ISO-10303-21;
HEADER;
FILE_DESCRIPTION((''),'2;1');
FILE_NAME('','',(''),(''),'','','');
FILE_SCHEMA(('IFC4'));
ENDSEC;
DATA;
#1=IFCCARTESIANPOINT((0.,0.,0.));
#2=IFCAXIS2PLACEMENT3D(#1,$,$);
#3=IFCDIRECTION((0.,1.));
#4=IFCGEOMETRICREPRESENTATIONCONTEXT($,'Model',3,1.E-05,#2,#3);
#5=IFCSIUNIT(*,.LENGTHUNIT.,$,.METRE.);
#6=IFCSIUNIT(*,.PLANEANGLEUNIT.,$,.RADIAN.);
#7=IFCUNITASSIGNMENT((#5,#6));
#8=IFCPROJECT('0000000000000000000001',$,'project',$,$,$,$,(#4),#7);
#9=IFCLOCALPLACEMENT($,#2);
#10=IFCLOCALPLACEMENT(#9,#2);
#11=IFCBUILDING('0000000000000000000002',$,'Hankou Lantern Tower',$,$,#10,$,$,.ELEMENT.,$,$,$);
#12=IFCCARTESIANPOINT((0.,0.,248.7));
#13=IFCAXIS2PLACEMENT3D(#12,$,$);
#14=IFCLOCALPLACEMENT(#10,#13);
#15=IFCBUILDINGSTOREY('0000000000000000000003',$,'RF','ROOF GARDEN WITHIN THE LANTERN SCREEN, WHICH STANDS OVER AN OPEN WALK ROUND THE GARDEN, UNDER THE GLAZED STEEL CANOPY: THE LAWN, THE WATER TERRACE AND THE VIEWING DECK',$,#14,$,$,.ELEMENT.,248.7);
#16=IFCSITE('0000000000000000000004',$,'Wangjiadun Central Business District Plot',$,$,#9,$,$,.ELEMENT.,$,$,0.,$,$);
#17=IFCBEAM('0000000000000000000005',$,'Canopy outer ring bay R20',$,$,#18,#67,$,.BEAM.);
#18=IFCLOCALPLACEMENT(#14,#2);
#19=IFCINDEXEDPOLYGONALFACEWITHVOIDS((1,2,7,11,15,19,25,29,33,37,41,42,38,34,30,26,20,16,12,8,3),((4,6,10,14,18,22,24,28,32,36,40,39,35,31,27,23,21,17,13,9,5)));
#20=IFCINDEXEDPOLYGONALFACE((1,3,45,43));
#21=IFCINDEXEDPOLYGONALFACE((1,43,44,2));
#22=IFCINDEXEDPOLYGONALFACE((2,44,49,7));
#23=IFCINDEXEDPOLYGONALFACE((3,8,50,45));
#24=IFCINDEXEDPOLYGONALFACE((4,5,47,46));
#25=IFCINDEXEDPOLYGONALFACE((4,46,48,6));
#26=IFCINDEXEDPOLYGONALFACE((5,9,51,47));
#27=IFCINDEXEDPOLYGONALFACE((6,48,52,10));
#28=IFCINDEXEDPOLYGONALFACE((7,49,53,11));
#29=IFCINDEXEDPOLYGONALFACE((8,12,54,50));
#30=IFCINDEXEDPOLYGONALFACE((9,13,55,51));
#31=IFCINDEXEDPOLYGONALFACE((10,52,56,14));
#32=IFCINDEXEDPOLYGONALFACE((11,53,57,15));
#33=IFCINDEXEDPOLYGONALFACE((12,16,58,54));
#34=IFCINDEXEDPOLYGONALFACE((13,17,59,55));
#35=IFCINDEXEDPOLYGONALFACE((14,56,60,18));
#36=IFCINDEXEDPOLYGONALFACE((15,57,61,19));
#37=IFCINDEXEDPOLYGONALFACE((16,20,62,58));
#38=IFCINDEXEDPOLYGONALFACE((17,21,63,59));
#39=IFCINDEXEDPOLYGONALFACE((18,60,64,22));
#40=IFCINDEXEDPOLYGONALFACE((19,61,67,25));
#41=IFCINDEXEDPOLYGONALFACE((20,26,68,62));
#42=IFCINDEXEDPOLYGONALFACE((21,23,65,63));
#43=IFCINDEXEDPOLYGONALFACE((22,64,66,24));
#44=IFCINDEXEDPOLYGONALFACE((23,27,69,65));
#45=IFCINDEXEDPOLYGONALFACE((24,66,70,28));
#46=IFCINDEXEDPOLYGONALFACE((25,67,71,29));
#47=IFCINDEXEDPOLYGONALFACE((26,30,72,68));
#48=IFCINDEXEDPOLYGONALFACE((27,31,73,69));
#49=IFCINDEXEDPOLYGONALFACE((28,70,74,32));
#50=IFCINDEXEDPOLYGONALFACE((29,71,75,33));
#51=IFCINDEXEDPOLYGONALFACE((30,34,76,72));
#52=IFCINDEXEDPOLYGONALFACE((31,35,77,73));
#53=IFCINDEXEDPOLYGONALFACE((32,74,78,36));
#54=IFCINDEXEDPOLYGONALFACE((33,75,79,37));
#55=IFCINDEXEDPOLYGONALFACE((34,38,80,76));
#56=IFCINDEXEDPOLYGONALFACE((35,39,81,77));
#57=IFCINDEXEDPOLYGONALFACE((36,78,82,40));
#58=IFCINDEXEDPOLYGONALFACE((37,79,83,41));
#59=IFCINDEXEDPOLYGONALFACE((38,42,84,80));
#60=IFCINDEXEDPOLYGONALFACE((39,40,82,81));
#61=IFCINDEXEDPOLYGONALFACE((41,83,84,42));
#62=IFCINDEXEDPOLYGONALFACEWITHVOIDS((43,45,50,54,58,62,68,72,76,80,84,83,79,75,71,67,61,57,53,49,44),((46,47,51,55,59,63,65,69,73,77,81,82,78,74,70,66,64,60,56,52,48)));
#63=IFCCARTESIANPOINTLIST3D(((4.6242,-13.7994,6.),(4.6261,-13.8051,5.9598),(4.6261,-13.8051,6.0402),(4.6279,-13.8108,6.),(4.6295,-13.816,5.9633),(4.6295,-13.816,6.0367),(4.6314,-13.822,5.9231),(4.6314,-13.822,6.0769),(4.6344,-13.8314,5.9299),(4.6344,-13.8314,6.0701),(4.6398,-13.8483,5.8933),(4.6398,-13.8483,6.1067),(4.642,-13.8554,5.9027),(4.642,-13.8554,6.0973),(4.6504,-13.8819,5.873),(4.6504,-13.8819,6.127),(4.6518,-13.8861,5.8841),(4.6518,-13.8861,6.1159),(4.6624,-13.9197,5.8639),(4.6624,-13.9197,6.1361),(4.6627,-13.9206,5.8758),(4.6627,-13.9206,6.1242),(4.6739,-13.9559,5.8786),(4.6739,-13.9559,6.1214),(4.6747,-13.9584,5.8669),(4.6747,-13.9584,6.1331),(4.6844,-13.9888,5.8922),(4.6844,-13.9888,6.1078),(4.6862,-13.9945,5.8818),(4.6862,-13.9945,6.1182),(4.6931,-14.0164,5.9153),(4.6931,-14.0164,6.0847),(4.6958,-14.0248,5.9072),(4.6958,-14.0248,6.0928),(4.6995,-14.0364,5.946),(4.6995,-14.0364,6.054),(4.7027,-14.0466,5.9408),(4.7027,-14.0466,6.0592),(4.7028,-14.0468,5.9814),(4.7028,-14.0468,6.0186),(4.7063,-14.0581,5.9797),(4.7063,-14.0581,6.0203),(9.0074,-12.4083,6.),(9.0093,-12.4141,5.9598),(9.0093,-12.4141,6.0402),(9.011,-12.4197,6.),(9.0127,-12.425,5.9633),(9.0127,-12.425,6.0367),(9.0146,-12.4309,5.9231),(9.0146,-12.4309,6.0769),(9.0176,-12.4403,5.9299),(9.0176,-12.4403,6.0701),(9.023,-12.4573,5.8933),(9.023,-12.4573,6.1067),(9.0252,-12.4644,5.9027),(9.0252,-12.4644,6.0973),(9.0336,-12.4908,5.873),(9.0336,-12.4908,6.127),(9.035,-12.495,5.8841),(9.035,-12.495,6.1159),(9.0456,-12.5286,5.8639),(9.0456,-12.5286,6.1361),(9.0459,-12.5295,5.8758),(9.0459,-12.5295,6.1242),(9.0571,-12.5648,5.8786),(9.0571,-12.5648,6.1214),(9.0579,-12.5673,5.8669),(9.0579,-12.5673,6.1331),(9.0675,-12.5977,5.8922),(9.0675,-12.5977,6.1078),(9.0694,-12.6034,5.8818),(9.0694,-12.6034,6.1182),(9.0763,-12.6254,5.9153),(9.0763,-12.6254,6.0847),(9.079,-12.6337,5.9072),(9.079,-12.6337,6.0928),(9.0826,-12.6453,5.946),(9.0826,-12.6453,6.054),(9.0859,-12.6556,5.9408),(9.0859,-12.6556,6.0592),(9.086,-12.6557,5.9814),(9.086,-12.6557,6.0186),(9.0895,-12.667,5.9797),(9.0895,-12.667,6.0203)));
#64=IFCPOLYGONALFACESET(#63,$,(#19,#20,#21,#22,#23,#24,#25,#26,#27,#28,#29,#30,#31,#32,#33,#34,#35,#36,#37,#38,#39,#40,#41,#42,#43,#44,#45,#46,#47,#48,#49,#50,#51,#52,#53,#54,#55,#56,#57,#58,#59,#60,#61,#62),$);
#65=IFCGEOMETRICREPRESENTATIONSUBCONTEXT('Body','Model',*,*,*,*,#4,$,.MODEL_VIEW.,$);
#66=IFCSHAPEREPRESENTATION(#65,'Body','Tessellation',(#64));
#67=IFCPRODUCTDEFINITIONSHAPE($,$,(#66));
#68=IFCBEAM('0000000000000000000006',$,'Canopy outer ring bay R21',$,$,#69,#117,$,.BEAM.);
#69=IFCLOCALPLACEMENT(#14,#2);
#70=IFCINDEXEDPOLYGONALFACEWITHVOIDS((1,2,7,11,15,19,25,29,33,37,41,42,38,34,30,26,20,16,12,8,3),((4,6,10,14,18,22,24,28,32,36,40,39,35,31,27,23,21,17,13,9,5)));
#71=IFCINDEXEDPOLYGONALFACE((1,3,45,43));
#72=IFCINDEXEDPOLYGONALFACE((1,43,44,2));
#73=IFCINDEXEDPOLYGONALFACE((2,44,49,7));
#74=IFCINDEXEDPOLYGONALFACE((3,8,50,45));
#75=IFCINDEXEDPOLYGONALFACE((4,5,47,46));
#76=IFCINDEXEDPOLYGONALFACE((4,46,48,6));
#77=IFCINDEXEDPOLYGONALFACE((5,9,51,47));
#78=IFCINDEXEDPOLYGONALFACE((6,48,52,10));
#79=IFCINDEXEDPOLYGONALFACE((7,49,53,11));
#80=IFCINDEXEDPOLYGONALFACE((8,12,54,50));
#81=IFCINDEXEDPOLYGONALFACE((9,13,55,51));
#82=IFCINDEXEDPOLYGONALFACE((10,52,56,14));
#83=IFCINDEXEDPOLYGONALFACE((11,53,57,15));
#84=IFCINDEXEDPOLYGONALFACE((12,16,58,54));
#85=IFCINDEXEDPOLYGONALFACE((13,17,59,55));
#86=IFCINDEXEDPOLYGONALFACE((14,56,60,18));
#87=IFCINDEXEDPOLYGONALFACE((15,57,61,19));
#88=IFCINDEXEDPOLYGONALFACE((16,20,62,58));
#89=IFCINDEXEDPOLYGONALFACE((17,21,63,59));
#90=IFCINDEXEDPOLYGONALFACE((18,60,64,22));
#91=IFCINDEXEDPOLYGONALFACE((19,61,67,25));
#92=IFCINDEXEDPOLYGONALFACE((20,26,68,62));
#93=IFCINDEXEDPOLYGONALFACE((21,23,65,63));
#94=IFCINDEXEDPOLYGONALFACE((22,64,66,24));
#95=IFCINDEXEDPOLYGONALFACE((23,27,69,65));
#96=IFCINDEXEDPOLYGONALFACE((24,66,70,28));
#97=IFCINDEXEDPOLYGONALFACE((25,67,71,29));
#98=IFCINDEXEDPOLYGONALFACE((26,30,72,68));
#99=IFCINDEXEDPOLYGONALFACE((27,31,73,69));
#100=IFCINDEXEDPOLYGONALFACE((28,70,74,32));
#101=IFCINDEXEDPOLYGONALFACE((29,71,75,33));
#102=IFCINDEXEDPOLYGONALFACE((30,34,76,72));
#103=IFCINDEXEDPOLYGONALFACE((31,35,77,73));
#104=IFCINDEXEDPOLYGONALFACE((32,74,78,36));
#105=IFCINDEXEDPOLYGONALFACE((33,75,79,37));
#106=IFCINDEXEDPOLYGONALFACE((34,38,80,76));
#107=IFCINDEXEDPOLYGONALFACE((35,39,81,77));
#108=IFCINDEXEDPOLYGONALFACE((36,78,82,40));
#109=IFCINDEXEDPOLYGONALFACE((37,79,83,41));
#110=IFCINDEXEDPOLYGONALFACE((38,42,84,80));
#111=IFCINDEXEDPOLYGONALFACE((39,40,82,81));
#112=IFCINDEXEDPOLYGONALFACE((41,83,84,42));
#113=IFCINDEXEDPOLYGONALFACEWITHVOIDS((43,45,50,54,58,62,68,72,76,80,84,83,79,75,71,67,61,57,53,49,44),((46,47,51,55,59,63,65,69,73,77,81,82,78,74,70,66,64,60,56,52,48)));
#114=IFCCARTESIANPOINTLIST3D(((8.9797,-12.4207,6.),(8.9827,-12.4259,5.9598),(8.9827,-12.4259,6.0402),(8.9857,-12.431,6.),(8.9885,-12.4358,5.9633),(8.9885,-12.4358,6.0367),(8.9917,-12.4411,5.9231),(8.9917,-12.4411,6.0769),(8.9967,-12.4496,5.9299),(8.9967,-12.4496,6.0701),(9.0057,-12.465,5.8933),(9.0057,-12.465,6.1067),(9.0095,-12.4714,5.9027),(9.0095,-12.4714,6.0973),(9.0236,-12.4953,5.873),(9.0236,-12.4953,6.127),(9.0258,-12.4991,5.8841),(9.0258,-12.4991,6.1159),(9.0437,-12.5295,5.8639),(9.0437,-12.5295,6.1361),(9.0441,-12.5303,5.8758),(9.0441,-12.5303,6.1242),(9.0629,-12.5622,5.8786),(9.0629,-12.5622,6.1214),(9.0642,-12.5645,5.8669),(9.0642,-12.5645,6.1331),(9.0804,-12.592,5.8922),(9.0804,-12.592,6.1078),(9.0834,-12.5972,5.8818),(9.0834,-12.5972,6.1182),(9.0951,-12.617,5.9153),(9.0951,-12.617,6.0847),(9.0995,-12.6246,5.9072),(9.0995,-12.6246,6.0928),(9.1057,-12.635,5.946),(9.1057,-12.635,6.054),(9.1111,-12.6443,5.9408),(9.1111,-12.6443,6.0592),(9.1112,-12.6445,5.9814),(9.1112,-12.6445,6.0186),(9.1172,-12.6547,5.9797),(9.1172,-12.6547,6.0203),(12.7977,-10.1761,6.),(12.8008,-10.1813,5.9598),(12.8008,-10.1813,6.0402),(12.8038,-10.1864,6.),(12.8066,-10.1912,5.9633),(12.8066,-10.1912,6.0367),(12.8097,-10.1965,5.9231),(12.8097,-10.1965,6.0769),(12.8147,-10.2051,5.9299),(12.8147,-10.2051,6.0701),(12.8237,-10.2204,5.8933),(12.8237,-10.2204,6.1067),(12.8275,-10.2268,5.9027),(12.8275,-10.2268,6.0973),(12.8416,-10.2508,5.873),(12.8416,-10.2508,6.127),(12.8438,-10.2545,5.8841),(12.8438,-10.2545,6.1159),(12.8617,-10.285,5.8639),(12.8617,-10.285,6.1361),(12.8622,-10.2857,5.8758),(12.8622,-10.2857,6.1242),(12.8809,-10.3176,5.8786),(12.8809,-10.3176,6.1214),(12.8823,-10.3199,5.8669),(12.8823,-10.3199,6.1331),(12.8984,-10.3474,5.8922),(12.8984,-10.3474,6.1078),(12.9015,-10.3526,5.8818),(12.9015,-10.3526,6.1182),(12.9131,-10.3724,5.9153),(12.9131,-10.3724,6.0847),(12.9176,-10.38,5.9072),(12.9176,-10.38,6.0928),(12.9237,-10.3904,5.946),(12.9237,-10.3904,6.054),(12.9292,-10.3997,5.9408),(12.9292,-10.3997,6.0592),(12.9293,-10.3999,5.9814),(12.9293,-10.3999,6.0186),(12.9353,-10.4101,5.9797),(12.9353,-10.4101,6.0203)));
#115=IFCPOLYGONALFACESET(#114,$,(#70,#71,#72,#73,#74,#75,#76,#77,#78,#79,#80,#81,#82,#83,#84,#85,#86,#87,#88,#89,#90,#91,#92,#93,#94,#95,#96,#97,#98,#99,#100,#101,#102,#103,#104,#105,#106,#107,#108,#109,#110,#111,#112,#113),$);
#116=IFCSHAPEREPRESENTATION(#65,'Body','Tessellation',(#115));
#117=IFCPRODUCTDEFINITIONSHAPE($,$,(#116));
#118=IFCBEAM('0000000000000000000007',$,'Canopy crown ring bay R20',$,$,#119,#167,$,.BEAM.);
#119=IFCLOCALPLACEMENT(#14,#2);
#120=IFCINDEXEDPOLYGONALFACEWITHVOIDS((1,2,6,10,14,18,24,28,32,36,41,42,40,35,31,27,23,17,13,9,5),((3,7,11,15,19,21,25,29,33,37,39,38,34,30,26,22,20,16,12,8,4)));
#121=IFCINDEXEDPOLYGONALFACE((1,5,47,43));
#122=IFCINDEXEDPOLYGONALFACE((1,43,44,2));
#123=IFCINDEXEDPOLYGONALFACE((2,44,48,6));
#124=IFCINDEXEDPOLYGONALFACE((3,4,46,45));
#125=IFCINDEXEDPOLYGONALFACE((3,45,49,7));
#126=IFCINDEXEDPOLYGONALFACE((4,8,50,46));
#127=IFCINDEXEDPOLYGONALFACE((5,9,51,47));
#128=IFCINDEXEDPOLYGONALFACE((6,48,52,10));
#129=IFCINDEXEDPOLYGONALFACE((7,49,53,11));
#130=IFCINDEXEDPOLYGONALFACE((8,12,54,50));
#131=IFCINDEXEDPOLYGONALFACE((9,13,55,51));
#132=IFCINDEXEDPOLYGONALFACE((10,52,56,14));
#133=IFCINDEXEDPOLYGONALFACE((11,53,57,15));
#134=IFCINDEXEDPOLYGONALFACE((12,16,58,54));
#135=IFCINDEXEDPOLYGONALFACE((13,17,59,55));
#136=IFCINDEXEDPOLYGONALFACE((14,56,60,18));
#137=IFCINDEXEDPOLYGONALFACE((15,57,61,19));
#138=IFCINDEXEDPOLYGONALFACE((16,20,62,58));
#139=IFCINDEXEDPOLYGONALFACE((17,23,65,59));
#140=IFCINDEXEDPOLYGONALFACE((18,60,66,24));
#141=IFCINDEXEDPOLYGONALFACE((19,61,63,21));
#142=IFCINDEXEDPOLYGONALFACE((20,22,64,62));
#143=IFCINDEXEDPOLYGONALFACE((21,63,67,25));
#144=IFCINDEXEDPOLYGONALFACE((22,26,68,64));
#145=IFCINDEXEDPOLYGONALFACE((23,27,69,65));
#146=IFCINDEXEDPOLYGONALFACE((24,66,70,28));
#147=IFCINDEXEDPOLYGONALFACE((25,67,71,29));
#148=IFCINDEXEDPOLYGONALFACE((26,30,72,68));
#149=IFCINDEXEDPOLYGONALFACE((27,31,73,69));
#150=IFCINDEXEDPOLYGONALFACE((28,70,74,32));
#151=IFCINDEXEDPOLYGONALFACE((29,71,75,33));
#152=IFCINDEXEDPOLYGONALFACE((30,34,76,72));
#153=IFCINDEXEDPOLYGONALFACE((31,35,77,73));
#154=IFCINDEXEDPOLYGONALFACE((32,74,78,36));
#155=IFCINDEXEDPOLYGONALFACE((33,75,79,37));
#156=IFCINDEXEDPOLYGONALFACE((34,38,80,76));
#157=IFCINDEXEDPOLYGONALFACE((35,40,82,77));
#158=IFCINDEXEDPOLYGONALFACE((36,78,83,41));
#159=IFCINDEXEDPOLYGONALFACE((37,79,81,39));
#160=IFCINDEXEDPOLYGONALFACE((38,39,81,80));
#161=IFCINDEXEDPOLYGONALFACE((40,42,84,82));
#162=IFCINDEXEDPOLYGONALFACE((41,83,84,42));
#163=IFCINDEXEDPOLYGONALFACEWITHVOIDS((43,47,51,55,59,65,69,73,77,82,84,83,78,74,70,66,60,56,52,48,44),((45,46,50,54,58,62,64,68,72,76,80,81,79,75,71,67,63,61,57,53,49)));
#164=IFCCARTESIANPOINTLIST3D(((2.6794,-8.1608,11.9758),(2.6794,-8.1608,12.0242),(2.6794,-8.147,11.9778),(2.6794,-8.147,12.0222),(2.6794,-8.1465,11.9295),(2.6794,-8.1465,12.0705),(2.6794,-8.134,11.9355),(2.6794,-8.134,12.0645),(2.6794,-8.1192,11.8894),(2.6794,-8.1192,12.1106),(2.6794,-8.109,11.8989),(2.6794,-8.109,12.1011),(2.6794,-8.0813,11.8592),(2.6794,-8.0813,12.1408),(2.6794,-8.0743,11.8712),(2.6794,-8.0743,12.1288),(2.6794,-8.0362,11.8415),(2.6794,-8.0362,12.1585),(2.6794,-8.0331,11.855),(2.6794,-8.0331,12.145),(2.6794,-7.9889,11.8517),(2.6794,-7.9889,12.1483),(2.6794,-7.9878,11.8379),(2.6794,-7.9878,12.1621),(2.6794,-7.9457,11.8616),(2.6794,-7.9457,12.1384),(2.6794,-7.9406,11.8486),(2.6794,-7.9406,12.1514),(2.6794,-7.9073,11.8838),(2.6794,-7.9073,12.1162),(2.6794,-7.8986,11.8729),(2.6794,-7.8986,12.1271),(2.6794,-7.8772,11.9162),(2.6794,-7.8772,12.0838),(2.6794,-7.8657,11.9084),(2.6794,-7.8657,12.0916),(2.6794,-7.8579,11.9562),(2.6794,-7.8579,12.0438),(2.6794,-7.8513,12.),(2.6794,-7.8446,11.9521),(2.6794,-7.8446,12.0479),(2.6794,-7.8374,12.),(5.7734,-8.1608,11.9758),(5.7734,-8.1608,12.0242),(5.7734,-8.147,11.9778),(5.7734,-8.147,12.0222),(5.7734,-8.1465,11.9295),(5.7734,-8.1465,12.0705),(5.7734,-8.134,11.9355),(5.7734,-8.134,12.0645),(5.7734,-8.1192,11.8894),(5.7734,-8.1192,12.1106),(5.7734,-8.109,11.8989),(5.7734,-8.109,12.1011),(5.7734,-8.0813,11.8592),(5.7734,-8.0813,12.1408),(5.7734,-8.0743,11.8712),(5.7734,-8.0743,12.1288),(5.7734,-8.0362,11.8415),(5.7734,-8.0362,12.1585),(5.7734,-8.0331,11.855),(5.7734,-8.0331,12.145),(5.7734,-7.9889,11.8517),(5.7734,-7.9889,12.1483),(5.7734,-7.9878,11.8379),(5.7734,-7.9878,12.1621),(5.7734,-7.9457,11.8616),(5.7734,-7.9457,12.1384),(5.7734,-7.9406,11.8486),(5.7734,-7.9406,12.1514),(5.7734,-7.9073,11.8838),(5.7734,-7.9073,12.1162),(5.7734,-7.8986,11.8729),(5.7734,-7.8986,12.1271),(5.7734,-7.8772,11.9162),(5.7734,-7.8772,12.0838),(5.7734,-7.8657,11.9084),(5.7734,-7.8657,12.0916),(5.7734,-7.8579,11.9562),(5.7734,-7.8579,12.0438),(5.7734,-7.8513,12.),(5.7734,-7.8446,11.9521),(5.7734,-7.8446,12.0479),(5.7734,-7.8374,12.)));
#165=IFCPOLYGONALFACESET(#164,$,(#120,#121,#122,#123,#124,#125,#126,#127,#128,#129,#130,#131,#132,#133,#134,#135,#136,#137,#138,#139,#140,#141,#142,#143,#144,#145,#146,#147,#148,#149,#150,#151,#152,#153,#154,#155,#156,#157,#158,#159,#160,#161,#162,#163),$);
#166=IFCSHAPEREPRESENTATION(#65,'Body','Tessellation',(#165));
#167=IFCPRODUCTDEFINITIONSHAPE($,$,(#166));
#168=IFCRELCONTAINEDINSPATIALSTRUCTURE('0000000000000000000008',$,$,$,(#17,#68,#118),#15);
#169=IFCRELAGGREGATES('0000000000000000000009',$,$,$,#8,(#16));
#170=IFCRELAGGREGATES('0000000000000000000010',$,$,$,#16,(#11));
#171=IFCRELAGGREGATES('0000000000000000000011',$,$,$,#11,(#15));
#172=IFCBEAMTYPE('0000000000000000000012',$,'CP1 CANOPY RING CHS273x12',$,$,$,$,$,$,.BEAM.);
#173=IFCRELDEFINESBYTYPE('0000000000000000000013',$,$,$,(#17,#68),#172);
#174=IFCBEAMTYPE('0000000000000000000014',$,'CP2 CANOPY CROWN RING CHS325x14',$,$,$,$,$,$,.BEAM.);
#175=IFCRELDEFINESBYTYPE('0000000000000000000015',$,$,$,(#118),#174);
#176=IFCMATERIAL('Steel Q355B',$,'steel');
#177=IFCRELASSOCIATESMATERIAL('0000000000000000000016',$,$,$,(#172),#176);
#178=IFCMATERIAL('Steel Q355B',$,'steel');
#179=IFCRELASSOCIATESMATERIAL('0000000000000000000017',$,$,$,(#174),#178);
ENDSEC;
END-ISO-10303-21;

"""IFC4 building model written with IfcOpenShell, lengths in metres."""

from ifc_helpers import new_model, si_unit, direction, frame, origin, origin_2d, place, context, subcontext, project, spatial, hollow_circle, extrude, material, material_profile, profile_set, type_object, element, save


model = new_model("IFC4")

# Units and contexts
model_context = context("Model", 3, precision=1e-05, world=origin(), true_north=direction((0.0, 1.0)))
body_context = subcontext(model_context, "Body", "Model", "MODEL_VIEW")
ifc_project = project(units=[si_unit("LENGTHUNIT", "METRE"), si_unit("PLANEANGLEUNIT", "RADIAN")], contexts=[model_context])

# Site, building, storey
site_placement = place(None, origin())
site = spatial("IfcSite", under=ifc_project, at=site_placement, Name="Wangjiadun Central Business District Plot", CompositionType="ELEMENT", RefElevation=0.0)
building_placement = place(site_placement, origin())
building = spatial("IfcBuilding", under=site, at=building_placement, Name="Hankou Lantern Tower", CompositionType="ELEMENT")
storey_placement = place(building_placement, frame((0.0, 0.0, 248.7)))
storey = spatial("IfcBuildingStorey", under=building, at=storey_placement, Name="RF", Description="ROOF GARDEN WITHIN THE LANTERN SCREEN, WHICH STANDS OVER AN OPEN WALK ROUND THE GARDEN, UNDER THE GLAZED STEEL CANOPY: THE LAWN, THE WATER TERRACE AND THE VIEWING DECK", CompositionType="ELEMENT", Elevation=248.7)

# Beams
ifc_material_1 = material(Name="Steel Q355B", Category="steel")
ifc_material_profile_1 = material_profile(ifc_material_1, hollow_circle(Radius=0.1365, WallThickness=0.012, at=origin_2d()), Name="CHS273x12")
ifc_profile_set_1 = profile_set([ifc_material_profile_1], Name="Steel Q355B")
beam_type_1 = type_object("IfcBeamType", Name="CP1 CANOPY RING CHS273x12", PredefinedType="BEAM", material=ifc_profile_set_1)
beam_1_placement = place(storey_placement, frame((4.6655, -13.9294, 6.0), z_axis=(0.95315, 0.302498, 0.0), x_axis=(-0.302498, 0.95315, 0.0)))
element("IfcBeam", 1, at=beam_1_placement, inside=storey, type_object=beam_type_1, Name="Canopy outer ring bay R20", PredefinedType="BEAM", context=body_context, shape_type="SweptSolid", body=[
    extrude(hollow_circle(Radius=0.1365, WallThickness=0.012, at=origin_2d()), origin(), (0.0, 0.0, 1.0), 4.5986),
])
beam_2_placement = place(storey_placement, frame((9.0488, -12.5383, 6.0), z_axis=(0.862065, 0.506798, 0.0), x_axis=(-0.506798, 0.862065, 0.0)))
element("IfcBeam", 2, at=beam_2_placement, inside=storey, type_object=beam_type_1, Name="Canopy outer ring bay R21", PredefinedType="BEAM", context=body_context, shape_type="SweptSolid", body=[
    extrude(hollow_circle(Radius=0.1365, WallThickness=0.012, at=origin_2d()), origin(), (0.0, 0.0, 1.0), 4.429),
])
ifc_material_2 = material(Name="Steel Q355B", Category="steel")
ifc_material_profile_2 = material_profile(ifc_material_2, hollow_circle(Radius=0.1626, WallThickness=0.0139, at=origin_2d()), Name="CHS325x14")
ifc_profile_set_2 = profile_set([ifc_material_profile_2], Name="Steel Q355B")
beam_type_2 = type_object("IfcBeamType", Name="CP2 CANOPY CROWN RING CHS325x14", PredefinedType="BEAM", material=ifc_profile_set_2)
beam_3_placement = place(storey_placement, frame((2.6794, -8.0, 12.0), z_axis=(1.0, 0.0, 0.0), x_axis=(0.0, 1.0, 0.0)))
element("IfcBeam", 3, at=beam_3_placement, inside=storey, type_object=beam_type_2, Name="Canopy crown ring bay R20", PredefinedType="BEAM", context=body_context, shape_type="SweptSolid", body=[
    extrude(hollow_circle(Radius=0.1626, WallThickness=0.0139, at=origin_2d()), origin(), (0.0, 0.0, 1.0), 3.094),
])

save(model, "model.ifc")
